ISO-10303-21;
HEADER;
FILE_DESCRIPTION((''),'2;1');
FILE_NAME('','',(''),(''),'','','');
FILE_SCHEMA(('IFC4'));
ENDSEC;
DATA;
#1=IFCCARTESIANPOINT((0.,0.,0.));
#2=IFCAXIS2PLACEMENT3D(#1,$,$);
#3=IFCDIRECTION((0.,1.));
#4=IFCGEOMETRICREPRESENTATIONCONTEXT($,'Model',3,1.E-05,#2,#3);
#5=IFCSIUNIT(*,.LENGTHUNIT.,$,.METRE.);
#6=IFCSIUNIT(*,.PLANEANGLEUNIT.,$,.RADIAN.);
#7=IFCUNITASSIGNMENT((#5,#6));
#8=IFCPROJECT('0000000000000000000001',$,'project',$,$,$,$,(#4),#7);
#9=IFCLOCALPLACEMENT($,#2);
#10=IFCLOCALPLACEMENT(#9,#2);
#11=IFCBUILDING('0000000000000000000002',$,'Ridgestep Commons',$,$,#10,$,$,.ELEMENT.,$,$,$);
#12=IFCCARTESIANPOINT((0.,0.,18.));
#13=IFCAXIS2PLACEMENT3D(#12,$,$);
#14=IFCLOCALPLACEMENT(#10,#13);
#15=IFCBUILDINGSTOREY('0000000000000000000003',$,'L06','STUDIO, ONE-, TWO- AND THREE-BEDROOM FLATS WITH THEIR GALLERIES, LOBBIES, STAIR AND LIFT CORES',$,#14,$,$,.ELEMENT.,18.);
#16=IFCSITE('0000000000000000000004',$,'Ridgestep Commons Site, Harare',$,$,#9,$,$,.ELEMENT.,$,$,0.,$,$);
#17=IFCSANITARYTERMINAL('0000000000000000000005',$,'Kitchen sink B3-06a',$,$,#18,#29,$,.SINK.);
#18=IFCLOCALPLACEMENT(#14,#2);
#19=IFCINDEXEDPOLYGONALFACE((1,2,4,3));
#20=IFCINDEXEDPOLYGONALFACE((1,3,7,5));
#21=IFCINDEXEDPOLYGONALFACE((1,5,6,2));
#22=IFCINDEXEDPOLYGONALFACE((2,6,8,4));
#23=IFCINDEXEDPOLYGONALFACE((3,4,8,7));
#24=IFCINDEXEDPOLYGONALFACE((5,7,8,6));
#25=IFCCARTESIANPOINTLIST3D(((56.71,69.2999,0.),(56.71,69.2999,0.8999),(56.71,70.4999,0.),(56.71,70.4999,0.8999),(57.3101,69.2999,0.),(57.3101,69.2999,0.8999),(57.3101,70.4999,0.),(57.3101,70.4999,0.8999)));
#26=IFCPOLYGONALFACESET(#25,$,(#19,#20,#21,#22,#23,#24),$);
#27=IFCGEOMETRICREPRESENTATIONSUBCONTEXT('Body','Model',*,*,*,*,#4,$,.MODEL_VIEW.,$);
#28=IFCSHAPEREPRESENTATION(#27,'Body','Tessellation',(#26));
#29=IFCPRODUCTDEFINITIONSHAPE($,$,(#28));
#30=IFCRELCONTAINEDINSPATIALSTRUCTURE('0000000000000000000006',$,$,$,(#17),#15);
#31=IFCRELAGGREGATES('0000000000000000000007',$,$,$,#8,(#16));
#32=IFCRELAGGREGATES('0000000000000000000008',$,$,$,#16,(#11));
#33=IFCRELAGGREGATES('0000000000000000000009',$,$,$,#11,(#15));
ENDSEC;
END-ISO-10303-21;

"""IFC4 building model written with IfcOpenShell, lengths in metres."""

from ifc_helpers import new_model, si_unit, direction, frame, origin, origin_2d, place, context, subcontext, project, spatial, rectangle, extrude, element, save


model = new_model("IFC4")

# Units and contexts
model_context = context("Model", 3, precision=1e-05, world=origin(), true_north=direction((0.0, 1.0)))
body_context = subcontext(model_context, "Body", "Model", "MODEL_VIEW")
ifc_project = project(units=[si_unit("LENGTHUNIT", "METRE"), si_unit("PLANEANGLEUNIT", "RADIAN")], contexts=[model_context])

# Site, building, storey
site_placement = place(None, origin())
site = spatial("IfcSite", under=ifc_project, at=site_placement, Name="Ridgestep Commons Site, Harare", CompositionType="ELEMENT", RefElevation=0.0)
building_placement = place(site_placement, origin())
building = spatial("IfcBuilding", under=site, at=building_placement, Name="Ridgestep Commons", CompositionType="ELEMENT")
storey_placement = place(building_placement, frame((0.0, 0.0, 18.0)))
storey = spatial("IfcBuildingStorey", under=building, at=storey_placement, Name="L06", Description="STUDIO, ONE-, TWO- AND THREE-BEDROOM FLATS WITH THEIR GALLERIES, LOBBIES, STAIR AND LIFT CORES", CompositionType="ELEMENT", Elevation=18.0)

# Sanitary terminal
sanitary_terminal_1_placement = place(storey_placement, frame((57.01, 69.8999, 0.0), z_axis=(0.0, 0.0, 1.0), x_axis=(1.0, 0.0, 0.0)))
element("IfcSanitaryTerminal", 1, at=sanitary_terminal_1_placement, inside=storey, Name="Kitchen sink B3-06a", PredefinedType="SINK", context=body_context, shape_type="SweptSolid", body=[
    extrude(rectangle(XDim=0.6001, YDim=1.2, at=origin_2d()), origin(), (0.0, 0.0, 1.0), 0.8999),
])

save(model, "model.ifc")
